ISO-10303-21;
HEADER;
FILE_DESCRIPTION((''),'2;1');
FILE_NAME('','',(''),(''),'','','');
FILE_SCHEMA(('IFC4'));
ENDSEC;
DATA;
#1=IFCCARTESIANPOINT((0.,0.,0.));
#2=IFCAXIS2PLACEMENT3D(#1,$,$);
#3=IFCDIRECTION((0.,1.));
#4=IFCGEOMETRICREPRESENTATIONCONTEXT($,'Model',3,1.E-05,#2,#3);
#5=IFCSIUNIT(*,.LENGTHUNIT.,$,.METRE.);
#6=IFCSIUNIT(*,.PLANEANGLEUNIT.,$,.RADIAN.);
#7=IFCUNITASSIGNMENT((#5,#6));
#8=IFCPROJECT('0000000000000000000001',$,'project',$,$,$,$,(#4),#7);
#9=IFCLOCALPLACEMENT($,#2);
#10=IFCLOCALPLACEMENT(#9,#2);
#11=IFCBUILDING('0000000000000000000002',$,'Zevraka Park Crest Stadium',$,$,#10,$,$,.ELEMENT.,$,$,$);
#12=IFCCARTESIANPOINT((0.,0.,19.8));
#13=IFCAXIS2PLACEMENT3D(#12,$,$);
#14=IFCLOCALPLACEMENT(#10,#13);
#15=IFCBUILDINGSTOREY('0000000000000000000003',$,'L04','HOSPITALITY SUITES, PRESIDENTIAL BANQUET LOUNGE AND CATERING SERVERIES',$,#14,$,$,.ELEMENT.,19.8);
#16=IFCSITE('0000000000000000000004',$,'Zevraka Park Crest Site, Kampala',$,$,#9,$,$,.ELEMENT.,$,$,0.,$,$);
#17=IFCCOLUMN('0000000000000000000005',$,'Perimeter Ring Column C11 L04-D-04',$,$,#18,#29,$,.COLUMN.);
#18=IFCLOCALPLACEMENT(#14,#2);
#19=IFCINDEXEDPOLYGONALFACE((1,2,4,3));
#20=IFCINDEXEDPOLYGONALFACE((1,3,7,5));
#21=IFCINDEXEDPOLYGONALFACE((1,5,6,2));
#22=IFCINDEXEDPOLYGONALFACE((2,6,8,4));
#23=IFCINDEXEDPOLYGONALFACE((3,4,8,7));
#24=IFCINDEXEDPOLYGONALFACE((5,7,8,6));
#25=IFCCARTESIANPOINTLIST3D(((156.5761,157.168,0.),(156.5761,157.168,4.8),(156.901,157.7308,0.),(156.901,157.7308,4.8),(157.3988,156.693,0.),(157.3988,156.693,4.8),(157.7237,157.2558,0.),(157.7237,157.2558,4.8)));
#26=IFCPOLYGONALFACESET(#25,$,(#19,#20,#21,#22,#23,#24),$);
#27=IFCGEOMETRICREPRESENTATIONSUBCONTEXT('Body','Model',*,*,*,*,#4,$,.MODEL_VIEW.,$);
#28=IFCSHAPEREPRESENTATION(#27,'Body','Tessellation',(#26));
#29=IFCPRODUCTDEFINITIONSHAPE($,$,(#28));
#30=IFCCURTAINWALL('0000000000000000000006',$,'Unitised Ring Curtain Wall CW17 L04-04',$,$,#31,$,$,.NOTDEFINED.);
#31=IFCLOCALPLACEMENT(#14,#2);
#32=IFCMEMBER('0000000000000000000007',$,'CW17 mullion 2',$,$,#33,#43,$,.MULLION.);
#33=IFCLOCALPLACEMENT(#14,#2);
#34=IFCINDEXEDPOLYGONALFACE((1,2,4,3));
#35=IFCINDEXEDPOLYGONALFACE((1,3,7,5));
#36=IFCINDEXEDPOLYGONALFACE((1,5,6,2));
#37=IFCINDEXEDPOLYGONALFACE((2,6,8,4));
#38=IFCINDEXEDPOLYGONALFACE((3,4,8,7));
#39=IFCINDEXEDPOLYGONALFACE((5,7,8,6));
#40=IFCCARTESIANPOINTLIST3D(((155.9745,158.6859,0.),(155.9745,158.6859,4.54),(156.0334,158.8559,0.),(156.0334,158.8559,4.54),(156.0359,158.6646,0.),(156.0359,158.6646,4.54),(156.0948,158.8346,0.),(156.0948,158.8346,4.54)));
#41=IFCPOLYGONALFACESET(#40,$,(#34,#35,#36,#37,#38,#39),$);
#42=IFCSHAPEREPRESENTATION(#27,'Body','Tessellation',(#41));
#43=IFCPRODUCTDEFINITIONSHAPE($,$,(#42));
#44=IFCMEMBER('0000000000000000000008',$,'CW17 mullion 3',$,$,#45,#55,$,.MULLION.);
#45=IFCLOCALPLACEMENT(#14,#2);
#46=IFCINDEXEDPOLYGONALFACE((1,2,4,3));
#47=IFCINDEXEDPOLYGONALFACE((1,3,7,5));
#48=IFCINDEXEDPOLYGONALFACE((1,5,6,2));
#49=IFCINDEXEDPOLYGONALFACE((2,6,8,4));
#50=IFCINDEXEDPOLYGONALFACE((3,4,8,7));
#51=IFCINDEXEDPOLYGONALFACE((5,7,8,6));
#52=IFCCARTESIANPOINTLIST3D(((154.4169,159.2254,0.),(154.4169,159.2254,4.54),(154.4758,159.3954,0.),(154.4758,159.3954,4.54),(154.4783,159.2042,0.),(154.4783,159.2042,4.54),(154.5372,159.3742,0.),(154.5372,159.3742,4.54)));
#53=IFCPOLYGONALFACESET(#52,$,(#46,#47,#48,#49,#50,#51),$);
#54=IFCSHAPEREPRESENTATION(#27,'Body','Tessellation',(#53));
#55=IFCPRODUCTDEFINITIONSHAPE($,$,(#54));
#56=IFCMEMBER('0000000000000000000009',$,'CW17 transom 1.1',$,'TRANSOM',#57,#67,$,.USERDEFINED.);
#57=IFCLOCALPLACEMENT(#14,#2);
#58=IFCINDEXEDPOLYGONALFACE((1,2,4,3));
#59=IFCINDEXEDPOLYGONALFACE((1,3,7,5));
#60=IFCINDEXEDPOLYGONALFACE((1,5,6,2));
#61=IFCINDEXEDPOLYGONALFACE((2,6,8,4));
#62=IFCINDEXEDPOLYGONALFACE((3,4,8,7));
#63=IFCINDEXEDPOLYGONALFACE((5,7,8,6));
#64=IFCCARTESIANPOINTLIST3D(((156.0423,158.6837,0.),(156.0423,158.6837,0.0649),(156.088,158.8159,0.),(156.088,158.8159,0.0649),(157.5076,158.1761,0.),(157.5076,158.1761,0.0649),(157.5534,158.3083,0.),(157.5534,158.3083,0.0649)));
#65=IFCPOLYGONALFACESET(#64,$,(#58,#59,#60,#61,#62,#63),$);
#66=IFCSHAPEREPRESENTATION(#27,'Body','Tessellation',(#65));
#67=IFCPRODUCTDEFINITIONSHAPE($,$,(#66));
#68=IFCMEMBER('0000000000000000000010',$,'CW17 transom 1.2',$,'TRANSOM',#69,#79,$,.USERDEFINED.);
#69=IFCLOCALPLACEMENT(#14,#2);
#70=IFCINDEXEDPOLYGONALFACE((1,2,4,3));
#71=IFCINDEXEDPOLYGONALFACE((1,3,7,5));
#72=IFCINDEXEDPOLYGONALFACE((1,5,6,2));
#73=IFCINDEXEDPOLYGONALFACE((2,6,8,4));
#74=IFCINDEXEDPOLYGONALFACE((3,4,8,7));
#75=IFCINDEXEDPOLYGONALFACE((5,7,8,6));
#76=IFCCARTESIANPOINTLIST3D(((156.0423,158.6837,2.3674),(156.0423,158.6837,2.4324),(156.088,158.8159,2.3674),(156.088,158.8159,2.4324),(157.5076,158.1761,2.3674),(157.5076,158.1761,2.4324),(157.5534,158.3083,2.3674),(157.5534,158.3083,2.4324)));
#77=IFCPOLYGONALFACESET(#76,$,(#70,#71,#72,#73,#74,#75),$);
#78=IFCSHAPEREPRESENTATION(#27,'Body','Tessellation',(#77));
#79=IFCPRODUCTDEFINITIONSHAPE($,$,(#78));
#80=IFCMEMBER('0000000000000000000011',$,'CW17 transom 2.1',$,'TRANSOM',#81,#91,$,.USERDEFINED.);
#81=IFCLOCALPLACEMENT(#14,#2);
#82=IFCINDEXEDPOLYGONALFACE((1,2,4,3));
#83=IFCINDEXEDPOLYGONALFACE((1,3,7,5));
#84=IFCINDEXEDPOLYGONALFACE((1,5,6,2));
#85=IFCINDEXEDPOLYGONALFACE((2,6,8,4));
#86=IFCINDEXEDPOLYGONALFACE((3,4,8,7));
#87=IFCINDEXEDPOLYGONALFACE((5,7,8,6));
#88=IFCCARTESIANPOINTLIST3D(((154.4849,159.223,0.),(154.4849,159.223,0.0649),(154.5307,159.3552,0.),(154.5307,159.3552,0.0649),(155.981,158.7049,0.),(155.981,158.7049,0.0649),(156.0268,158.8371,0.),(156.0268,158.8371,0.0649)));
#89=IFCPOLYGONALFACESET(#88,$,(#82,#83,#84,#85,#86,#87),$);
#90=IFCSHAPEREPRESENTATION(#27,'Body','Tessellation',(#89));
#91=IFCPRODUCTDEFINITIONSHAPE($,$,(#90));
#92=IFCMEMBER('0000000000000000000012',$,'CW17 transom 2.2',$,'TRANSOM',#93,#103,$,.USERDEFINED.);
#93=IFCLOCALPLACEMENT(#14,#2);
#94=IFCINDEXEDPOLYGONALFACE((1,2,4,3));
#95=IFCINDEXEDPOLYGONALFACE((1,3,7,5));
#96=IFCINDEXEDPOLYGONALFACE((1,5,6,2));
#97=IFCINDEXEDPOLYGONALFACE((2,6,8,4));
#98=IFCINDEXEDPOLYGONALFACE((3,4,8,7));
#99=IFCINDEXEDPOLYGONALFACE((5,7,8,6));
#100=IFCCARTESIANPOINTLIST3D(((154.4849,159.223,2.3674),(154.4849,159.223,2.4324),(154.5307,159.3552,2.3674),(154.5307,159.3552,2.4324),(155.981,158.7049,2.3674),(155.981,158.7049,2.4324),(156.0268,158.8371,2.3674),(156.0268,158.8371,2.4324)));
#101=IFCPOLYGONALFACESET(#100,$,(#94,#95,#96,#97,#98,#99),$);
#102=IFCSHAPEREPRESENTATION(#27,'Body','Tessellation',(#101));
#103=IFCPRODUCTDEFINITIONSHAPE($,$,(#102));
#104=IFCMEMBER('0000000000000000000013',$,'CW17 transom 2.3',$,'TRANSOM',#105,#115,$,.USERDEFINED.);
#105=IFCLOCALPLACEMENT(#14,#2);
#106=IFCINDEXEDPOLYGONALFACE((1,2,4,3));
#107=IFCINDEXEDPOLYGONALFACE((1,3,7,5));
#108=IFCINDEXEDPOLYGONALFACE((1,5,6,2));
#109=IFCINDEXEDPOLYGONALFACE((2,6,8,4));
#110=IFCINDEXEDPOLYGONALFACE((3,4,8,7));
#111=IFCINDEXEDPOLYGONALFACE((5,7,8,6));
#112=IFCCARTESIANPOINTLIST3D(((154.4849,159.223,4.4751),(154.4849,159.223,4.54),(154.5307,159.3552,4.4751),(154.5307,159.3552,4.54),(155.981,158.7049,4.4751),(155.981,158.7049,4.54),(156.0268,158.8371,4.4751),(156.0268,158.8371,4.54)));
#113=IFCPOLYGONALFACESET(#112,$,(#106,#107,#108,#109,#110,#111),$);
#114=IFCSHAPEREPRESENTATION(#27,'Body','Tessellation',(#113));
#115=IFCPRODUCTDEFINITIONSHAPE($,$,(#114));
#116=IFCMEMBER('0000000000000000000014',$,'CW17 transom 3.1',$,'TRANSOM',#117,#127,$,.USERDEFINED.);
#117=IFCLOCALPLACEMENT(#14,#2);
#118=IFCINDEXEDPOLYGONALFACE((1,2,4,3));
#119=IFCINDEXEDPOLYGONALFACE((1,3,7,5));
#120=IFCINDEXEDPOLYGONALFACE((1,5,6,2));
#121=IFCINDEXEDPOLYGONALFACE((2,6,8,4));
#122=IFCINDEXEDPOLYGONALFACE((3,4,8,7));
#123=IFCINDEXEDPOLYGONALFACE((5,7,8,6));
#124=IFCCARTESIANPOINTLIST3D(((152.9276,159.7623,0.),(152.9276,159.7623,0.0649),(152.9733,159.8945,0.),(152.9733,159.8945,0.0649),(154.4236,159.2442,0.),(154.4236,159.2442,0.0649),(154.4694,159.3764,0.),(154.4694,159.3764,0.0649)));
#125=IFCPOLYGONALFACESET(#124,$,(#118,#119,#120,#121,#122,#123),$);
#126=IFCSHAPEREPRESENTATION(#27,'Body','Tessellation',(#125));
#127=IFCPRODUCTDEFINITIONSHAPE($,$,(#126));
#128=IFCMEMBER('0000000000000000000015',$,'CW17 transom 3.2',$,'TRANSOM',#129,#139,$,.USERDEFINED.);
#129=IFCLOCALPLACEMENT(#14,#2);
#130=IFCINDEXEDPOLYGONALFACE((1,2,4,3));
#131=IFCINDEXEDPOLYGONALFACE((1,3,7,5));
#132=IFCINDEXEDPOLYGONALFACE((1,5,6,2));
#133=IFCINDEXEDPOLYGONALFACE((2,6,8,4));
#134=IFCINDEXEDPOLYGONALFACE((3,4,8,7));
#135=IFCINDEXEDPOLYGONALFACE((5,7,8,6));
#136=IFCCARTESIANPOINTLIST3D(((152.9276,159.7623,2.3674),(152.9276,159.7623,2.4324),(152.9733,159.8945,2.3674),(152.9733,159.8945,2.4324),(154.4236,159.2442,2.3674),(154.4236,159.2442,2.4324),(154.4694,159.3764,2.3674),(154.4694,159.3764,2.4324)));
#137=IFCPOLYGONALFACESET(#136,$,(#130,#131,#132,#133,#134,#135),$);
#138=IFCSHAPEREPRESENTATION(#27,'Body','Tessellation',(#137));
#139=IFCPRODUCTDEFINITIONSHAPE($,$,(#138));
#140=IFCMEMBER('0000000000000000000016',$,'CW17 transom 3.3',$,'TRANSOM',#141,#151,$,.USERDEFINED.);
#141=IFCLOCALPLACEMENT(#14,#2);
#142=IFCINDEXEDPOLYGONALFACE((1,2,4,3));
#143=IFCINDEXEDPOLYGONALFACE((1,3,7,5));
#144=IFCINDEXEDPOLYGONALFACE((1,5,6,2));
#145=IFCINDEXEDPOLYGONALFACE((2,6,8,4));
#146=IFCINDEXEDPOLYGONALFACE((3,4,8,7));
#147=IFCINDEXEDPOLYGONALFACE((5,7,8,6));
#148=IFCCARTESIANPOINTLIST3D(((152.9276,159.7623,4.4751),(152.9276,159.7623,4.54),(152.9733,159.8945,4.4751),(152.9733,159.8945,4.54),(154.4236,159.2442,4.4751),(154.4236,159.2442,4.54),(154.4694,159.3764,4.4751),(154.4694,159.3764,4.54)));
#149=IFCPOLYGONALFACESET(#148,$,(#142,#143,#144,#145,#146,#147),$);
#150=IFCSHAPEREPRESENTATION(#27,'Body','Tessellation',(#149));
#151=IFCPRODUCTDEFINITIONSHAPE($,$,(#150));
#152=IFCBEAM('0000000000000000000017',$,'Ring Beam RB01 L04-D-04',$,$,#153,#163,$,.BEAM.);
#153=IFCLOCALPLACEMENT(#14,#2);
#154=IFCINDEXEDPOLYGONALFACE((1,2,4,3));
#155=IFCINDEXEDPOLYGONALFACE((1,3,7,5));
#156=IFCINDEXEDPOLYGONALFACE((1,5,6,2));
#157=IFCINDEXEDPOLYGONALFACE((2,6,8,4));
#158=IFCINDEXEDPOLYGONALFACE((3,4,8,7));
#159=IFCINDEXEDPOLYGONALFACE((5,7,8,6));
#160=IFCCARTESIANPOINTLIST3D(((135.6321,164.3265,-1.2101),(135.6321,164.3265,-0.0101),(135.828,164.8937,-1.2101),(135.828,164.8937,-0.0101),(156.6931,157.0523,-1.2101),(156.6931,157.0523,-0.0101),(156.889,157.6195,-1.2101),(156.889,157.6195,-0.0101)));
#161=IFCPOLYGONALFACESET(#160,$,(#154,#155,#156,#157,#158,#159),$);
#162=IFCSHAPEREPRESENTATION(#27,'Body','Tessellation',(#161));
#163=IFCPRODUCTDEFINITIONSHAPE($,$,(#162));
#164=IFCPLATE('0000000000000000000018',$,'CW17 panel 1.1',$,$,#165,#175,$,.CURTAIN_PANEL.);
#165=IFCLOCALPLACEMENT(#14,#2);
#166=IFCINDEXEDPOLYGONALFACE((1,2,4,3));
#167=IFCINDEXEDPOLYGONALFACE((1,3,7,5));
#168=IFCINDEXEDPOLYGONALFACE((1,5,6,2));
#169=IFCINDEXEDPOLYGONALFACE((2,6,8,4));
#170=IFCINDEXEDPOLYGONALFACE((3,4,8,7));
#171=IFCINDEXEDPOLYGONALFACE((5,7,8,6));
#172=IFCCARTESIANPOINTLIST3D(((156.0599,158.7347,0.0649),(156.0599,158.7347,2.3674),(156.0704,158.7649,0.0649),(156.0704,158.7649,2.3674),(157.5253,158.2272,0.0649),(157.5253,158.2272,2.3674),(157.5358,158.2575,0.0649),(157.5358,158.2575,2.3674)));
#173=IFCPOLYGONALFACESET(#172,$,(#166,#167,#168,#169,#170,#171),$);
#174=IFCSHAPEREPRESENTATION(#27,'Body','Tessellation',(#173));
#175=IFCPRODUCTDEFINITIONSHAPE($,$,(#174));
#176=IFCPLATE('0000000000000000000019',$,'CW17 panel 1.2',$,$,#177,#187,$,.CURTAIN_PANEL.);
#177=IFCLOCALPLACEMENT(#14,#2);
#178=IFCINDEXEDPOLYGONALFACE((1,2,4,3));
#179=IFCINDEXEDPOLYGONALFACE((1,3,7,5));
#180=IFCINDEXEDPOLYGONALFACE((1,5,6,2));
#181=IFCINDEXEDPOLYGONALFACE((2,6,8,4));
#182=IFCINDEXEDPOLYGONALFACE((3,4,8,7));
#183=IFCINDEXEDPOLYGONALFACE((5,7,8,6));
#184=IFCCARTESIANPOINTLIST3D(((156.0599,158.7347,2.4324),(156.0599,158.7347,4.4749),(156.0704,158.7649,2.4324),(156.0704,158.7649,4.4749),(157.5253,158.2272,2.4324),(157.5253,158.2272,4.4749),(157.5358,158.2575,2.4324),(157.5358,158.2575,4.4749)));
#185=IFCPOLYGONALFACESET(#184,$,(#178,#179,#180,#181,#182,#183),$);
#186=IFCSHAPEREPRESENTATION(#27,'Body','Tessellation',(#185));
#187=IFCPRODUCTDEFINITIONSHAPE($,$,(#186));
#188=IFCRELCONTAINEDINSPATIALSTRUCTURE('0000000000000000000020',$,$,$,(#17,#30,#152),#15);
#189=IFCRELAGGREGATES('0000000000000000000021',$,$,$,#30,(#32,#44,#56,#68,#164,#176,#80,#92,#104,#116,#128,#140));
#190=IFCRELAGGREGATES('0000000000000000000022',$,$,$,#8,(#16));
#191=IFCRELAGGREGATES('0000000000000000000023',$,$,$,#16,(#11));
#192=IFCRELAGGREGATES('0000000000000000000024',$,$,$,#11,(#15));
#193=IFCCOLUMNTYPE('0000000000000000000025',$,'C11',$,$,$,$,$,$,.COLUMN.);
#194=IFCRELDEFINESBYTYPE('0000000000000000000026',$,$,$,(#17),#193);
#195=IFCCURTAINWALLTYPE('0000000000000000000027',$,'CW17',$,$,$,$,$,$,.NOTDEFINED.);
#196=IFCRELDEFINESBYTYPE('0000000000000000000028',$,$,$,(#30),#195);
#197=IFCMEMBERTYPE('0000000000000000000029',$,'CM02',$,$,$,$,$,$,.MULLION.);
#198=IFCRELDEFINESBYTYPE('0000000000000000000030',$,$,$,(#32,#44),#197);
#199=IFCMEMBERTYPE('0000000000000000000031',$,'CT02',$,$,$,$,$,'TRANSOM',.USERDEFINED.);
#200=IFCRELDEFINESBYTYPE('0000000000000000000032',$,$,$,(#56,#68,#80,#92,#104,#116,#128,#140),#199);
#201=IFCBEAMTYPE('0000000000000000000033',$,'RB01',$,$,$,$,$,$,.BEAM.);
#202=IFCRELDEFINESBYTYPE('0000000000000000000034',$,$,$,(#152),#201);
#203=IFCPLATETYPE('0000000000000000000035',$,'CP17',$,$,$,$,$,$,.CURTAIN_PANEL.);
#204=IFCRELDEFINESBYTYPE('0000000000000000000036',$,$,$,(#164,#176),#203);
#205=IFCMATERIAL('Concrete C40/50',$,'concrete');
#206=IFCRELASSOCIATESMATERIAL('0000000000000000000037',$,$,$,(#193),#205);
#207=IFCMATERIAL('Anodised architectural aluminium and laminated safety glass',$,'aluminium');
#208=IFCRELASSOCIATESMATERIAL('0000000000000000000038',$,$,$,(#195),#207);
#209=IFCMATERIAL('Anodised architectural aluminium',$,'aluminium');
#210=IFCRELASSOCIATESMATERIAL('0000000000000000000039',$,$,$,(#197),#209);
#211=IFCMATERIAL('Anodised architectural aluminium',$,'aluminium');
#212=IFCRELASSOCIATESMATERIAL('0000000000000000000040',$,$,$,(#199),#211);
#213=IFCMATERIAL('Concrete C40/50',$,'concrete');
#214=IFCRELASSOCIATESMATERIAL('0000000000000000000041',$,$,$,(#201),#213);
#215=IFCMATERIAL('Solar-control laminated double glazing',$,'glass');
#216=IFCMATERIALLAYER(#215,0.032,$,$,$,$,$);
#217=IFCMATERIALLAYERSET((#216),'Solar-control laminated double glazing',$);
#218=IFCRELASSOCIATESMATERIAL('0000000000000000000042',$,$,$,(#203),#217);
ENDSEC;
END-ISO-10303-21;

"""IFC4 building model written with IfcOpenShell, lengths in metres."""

from ifc_helpers import new_model, si_unit, direction, frame, origin, origin_2d, place, context, subcontext, project, spatial, rectangle, extrude, material, layer, layer_set, material_profile, profile_set, type_object, element, aggregate, save


model = new_model("IFC4")

# Units and contexts
model_context = context("Model", 3, precision=1e-05, world=origin(), true_north=direction((0.0, 1.0)))
body_context = subcontext(model_context, "Body", "Model", "MODEL_VIEW")
ifc_project = project(units=[si_unit("LENGTHUNIT", "METRE"), si_unit("PLANEANGLEUNIT", "RADIAN")], contexts=[model_context])

# Site, building, storey
site_placement = place(None, origin())
site = spatial("IfcSite", under=ifc_project, at=site_placement, Name="Zevraka Park Crest Site, Kampala", CompositionType="ELEMENT", RefElevation=0.0)
building_placement = place(site_placement, origin())
building = spatial("IfcBuilding", under=site, at=building_placement, Name="Zevraka Park Crest Stadium", CompositionType="ELEMENT")
storey_placement = place(building_placement, frame((0.0, 0.0, 19.8)))
storey = spatial("IfcBuildingStorey", under=building, at=storey_placement, Name="L04", Description="HOSPITALITY SUITES, PRESIDENTIAL BANQUET LOUNGE AND CATERING SERVERIES", CompositionType="ELEMENT", Elevation=19.8)

# Column
ifc_material_1 = material(Name="Concrete C40/50", Category="concrete")
ifc_material_profile_1 = material_profile(ifc_material_1, rectangle(XDim=0.6499, YDim=0.95, at=origin_2d()), Name="RC 950x650")
ifc_profile_set_1 = profile_set([ifc_material_profile_1], Name="Concrete C40/50")
column_type = type_object("IfcColumnType", Name="C11", PredefinedType="COLUMN", material=ifc_profile_set_1)
column_placement = place(storey_placement, frame((157.1499, 157.2119, 0.0), z_axis=(0.0, 0.0, 1.0), x_axis=(0.5, 0.866025, 0.0)))
element("IfcColumn", 1, at=column_placement, inside=storey, type_object=column_type, Name="Perimeter Ring Column C11 L04-D-04", PredefinedType="COLUMN", context=body_context, shape_type="SweptSolid", body=[
    extrude(rectangle(XDim=0.6499, YDim=0.95, at=origin_2d()), origin(), (0.0, 0.0, 1.0), 4.8),
])

# Curtain wall, members
ifc_material_2 = material(Name="Anodised architectural aluminium and laminated safety glass", Category="aluminium")
curtain_wall_type = type_object("IfcCurtainWallType", Name="CW17", PredefinedType="NOTDEFINED", material=ifc_material_2)
curtain_wall_placement = place(storey_placement, origin())
curtain_wall = element("IfcCurtainWall", 2, at=curtain_wall_placement, inside=storey, type_object=curtain_wall_type, Name="Unitised Ring Curtain Wall CW17 L04-04", PredefinedType="NOTDEFINED")
ifc_material_3 = material(Name="Anodised architectural aluminium", Category="aluminium")
ifc_material_profile_2 = material_profile(ifc_material_3, rectangle(XDim=0.1799, YDim=0.0649, at=origin_2d()), Name="ALU MULLION 180x65")
ifc_profile_set_2 = profile_set([ifc_material_profile_2], Name="Anodised architectural aluminium")
member_type_1 = type_object("IfcMemberType", Name="CM02", PredefinedType="MULLION", material=ifc_profile_set_2)
member_1_placement = place(storey_placement, frame((156.0347, 158.7603, 0.0), z_axis=(0.0, 0.0, 1.0), x_axis=(-0.327245, -0.94494, 0.0)))
member_1 = element("IfcMember", 3, at=member_1_placement, type_object=member_type_1, Name="CW17 mullion 2", PredefinedType="MULLION", context=body_context, shape_type="SweptSolid", body=[
    extrude(rectangle(XDim=0.1799, YDim=0.0649, at=origin_2d()), origin(), (0.0, 0.0, 1.0), 4.54),
])
member_2_placement = place(storey_placement, frame((154.4771, 159.2998, 0.0), z_axis=(0.0, 0.0, 1.0), x_axis=(-0.327245, -0.94494, 0.0)))
member_2 = element("IfcMember", 4, at=member_2_placement, type_object=member_type_1, Name="CW17 mullion 3", PredefinedType="MULLION", context=body_context, shape_type="SweptSolid", body=[
    extrude(rectangle(XDim=0.1799, YDim=0.0649, at=origin_2d()), origin(), (0.0, 0.0, 1.0), 4.54),
])
ifc_material_4 = material(Name="Anodised architectural aluminium", Category="aluminium")
ifc_material_profile_3 = material_profile(ifc_material_4, rectangle(XDim=0.1399, YDim=0.0649, at=origin_2d()), Name="ALU TRANSOM 140x65")
ifc_profile_set_3 = profile_set([ifc_material_profile_3], Name="Anodised architectural aluminium")
member_type_2 = type_object("IfcMemberType", Name="CT02", ElementType="TRANSOM", PredefinedType="USERDEFINED", material=ifc_profile_set_3)
member_3_placement = place(storey_placement, frame((157.5305, 158.2422, 0.0325), z_axis=(-0.944919, 0.327305, 0.0), x_axis=(-0.327305, -0.944919, 0.0)))
member_3 = element("IfcMember", 5, at=member_3_placement, type_object=member_type_2, Name="CW17 transom 1.1", ObjectType="TRANSOM", PredefinedType="USERDEFINED", context=body_context, shape_type="SweptSolid", body=[
    extrude(rectangle(XDim=0.1399, YDim=0.0649, at=origin_2d()), origin(), (0.0, 0.0, 1.0), 1.5508),
])
member_4_placement = place(storey_placement, frame((157.5305, 158.2422, 2.3999), z_axis=(-0.944919, 0.327305, 0.0), x_axis=(-0.327305, -0.944919, 0.0)))
member_4 = element("IfcMember", 6, at=member_4_placement, type_object=member_type_2, Name="CW17 transom 1.2", ObjectType="TRANSOM", PredefinedType="USERDEFINED", context=body_context, shape_type="SweptSolid", body=[
    extrude(rectangle(XDim=0.1399, YDim=0.0649, at=origin_2d()), origin(), (0.0, 0.0, 1.0), 1.5508),
])
member_5_placement = place(storey_placement, frame((156.0039, 158.771, 0.0325), z_axis=(-0.944949, 0.327216, 0.0), x_axis=(-0.327216, -0.944949, 0.0)))
member_5 = element("IfcMember", 7, at=member_5_placement, type_object=member_type_2, Name="CW17 transom 2.1", ObjectType="TRANSOM", PredefinedType="USERDEFINED", context=body_context, shape_type="SweptSolid", body=[
    extrude(rectangle(XDim=0.1399, YDim=0.0649, at=origin_2d()), origin(), (0.0, 0.0, 1.0), 1.5833),
])
member_6_placement = place(storey_placement, frame((156.0039, 158.771, 2.3999), z_axis=(-0.944949, 0.327216, 0.0), x_axis=(-0.327216, -0.944949, 0.0)))
member_6 = element("IfcMember", 8, at=member_6_placement, type_object=member_type_2, Name="CW17 transom 2.2", ObjectType="TRANSOM", PredefinedType="USERDEFINED", context=body_context, shape_type="SweptSolid", body=[
    extrude(rectangle(XDim=0.1399, YDim=0.0649, at=origin_2d()), origin(), (0.0, 0.0, 1.0), 1.5833),
])
member_7_placement = place(storey_placement, frame((156.0039, 158.771, 4.5076), z_axis=(-0.944949, 0.327216, 0.0), x_axis=(-0.327216, -0.944949, 0.0)))
member_7 = element("IfcMember", 9, at=member_7_placement, type_object=member_type_2, Name="CW17 transom 2.3", ObjectType="TRANSOM", PredefinedType="USERDEFINED", context=body_context, shape_type="SweptSolid", body=[
    extrude(rectangle(XDim=0.1399, YDim=0.0649, at=origin_2d()), origin(), (0.0, 0.0, 1.0), 1.5833),
])
member_8_placement = place(storey_placement, frame((154.4465, 159.3103, 0.0325), z_axis=(-0.944949, 0.327216, 0.0), x_axis=(-0.327216, -0.944949, 0.0)))
member_8 = element("IfcMember", 10, at=member_8_placement, type_object=member_type_2, Name="CW17 transom 3.1", ObjectType="TRANSOM", PredefinedType="USERDEFINED", context=body_context, shape_type="SweptSolid", body=[
    extrude(rectangle(XDim=0.1399, YDim=0.0649, at=origin_2d()), origin(), (0.0, 0.0, 1.0), 1.5833),
])
member_9_placement = place(storey_placement, frame((154.4465, 159.3103, 2.3999), z_axis=(-0.944949, 0.327216, 0.0), x_axis=(-0.327216, -0.944949, 0.0)))
member_9 = element("IfcMember", 11, at=member_9_placement, type_object=member_type_2, Name="CW17 transom 3.2", ObjectType="TRANSOM", PredefinedType="USERDEFINED", context=body_context, shape_type="SweptSolid", body=[
    extrude(rectangle(XDim=0.1399, YDim=0.0649, at=origin_2d()), origin(), (0.0, 0.0, 1.0), 1.5833),
])
member_10_placement = place(storey_placement, frame((154.4465, 159.3103, 4.5076), z_axis=(-0.944949, 0.327216, 0.0), x_axis=(-0.327216, -0.944949, 0.0)))
member_10 = element("IfcMember", 12, at=member_10_placement, type_object=member_type_2, Name="CW17 transom 3.3", ObjectType="TRANSOM", PredefinedType="USERDEFINED", context=body_context, shape_type="SweptSolid", body=[
    extrude(rectangle(XDim=0.1399, YDim=0.0649, at=origin_2d()), origin(), (0.0, 0.0, 1.0), 1.5833),
])

# Beam
ifc_material_5 = material(Name="Concrete C40/50", Category="concrete")
ifc_material_profile_4 = material_profile(ifc_material_5, rectangle(XDim=0.6001, YDim=1.2, at=origin_2d()), Name="RC 1200x600")
ifc_profile_set_4 = profile_set([ifc_material_profile_4], Name="Concrete C40/50")
beam_type = type_object("IfcBeamType", Name="RB01", PredefinedType="BEAM", material=ifc_profile_set_4)
beam_placement = place(storey_placement, frame((156.791, 157.3359, -0.6101), z_axis=(-0.94521, 0.326462, 0.0), x_axis=(-0.326462, -0.94521, 0.0)))
element("IfcBeam", 13, at=beam_placement, inside=storey, type_object=beam_type, Name="Ring Beam RB01 L04-D-04", PredefinedType="BEAM", context=body_context, shape_type="SweptSolid", body=[
    extrude(rectangle(XDim=0.6001, YDim=1.2, at=origin_2d()), origin(), (0.0, 0.0, 1.0), 22.2817),
])

# Plates
ifc_material_6 = material(Name="Solar-control laminated double glazing", Category="glass")
ifc_layer_1 = layer(ifc_material_6, 0.032)
ifc_layer_set_1 = layer_set([ifc_layer_1], Name="Solar-control laminated double glazing")
plate_type = type_object("IfcPlateType", Name="CP17", PredefinedType="CURTAIN_PANEL", material=ifc_layer_set_1)
plate_1_placement = place(storey_placement, frame((156.7979, 158.4961, 0.0649), z_axis=(0.0, 0.0, 1.0), x_axis=(-0.94494, 0.327245, 0.0)))
plate_1 = element("IfcPlate", 14, at=plate_1_placement, type_object=plate_type, Name="CW17 panel 1.1", PredefinedType="CURTAIN_PANEL", context=body_context, shape_type="SweptSolid", body=[
    extrude(rectangle(XDim=1.5508, YDim=0.032, at=origin_2d()), origin(), (0.0, 0.0, 1.0), 2.3025),
])
plate_2_placement = place(storey_placement, frame((156.7979, 158.4961, 2.4324), z_axis=(0.0, 0.0, 1.0), x_axis=(-0.94494, 0.327245, 0.0)))
plate_2 = element("IfcPlate", 15, at=plate_2_placement, type_object=plate_type, Name="CW17 panel 1.2", PredefinedType="CURTAIN_PANEL", context=body_context, shape_type="SweptSolid", body=[
    extrude(rectangle(XDim=1.5508, YDim=0.032, at=origin_2d()), origin(), (0.0, 0.0, 1.0), 2.0425),
])
aggregate(curtain_wall, [member_1, member_2, member_3, member_4, plate_1, plate_2, member_5, member_6, member_7, member_8, member_9, member_10])

save(model, "model.ifc")
